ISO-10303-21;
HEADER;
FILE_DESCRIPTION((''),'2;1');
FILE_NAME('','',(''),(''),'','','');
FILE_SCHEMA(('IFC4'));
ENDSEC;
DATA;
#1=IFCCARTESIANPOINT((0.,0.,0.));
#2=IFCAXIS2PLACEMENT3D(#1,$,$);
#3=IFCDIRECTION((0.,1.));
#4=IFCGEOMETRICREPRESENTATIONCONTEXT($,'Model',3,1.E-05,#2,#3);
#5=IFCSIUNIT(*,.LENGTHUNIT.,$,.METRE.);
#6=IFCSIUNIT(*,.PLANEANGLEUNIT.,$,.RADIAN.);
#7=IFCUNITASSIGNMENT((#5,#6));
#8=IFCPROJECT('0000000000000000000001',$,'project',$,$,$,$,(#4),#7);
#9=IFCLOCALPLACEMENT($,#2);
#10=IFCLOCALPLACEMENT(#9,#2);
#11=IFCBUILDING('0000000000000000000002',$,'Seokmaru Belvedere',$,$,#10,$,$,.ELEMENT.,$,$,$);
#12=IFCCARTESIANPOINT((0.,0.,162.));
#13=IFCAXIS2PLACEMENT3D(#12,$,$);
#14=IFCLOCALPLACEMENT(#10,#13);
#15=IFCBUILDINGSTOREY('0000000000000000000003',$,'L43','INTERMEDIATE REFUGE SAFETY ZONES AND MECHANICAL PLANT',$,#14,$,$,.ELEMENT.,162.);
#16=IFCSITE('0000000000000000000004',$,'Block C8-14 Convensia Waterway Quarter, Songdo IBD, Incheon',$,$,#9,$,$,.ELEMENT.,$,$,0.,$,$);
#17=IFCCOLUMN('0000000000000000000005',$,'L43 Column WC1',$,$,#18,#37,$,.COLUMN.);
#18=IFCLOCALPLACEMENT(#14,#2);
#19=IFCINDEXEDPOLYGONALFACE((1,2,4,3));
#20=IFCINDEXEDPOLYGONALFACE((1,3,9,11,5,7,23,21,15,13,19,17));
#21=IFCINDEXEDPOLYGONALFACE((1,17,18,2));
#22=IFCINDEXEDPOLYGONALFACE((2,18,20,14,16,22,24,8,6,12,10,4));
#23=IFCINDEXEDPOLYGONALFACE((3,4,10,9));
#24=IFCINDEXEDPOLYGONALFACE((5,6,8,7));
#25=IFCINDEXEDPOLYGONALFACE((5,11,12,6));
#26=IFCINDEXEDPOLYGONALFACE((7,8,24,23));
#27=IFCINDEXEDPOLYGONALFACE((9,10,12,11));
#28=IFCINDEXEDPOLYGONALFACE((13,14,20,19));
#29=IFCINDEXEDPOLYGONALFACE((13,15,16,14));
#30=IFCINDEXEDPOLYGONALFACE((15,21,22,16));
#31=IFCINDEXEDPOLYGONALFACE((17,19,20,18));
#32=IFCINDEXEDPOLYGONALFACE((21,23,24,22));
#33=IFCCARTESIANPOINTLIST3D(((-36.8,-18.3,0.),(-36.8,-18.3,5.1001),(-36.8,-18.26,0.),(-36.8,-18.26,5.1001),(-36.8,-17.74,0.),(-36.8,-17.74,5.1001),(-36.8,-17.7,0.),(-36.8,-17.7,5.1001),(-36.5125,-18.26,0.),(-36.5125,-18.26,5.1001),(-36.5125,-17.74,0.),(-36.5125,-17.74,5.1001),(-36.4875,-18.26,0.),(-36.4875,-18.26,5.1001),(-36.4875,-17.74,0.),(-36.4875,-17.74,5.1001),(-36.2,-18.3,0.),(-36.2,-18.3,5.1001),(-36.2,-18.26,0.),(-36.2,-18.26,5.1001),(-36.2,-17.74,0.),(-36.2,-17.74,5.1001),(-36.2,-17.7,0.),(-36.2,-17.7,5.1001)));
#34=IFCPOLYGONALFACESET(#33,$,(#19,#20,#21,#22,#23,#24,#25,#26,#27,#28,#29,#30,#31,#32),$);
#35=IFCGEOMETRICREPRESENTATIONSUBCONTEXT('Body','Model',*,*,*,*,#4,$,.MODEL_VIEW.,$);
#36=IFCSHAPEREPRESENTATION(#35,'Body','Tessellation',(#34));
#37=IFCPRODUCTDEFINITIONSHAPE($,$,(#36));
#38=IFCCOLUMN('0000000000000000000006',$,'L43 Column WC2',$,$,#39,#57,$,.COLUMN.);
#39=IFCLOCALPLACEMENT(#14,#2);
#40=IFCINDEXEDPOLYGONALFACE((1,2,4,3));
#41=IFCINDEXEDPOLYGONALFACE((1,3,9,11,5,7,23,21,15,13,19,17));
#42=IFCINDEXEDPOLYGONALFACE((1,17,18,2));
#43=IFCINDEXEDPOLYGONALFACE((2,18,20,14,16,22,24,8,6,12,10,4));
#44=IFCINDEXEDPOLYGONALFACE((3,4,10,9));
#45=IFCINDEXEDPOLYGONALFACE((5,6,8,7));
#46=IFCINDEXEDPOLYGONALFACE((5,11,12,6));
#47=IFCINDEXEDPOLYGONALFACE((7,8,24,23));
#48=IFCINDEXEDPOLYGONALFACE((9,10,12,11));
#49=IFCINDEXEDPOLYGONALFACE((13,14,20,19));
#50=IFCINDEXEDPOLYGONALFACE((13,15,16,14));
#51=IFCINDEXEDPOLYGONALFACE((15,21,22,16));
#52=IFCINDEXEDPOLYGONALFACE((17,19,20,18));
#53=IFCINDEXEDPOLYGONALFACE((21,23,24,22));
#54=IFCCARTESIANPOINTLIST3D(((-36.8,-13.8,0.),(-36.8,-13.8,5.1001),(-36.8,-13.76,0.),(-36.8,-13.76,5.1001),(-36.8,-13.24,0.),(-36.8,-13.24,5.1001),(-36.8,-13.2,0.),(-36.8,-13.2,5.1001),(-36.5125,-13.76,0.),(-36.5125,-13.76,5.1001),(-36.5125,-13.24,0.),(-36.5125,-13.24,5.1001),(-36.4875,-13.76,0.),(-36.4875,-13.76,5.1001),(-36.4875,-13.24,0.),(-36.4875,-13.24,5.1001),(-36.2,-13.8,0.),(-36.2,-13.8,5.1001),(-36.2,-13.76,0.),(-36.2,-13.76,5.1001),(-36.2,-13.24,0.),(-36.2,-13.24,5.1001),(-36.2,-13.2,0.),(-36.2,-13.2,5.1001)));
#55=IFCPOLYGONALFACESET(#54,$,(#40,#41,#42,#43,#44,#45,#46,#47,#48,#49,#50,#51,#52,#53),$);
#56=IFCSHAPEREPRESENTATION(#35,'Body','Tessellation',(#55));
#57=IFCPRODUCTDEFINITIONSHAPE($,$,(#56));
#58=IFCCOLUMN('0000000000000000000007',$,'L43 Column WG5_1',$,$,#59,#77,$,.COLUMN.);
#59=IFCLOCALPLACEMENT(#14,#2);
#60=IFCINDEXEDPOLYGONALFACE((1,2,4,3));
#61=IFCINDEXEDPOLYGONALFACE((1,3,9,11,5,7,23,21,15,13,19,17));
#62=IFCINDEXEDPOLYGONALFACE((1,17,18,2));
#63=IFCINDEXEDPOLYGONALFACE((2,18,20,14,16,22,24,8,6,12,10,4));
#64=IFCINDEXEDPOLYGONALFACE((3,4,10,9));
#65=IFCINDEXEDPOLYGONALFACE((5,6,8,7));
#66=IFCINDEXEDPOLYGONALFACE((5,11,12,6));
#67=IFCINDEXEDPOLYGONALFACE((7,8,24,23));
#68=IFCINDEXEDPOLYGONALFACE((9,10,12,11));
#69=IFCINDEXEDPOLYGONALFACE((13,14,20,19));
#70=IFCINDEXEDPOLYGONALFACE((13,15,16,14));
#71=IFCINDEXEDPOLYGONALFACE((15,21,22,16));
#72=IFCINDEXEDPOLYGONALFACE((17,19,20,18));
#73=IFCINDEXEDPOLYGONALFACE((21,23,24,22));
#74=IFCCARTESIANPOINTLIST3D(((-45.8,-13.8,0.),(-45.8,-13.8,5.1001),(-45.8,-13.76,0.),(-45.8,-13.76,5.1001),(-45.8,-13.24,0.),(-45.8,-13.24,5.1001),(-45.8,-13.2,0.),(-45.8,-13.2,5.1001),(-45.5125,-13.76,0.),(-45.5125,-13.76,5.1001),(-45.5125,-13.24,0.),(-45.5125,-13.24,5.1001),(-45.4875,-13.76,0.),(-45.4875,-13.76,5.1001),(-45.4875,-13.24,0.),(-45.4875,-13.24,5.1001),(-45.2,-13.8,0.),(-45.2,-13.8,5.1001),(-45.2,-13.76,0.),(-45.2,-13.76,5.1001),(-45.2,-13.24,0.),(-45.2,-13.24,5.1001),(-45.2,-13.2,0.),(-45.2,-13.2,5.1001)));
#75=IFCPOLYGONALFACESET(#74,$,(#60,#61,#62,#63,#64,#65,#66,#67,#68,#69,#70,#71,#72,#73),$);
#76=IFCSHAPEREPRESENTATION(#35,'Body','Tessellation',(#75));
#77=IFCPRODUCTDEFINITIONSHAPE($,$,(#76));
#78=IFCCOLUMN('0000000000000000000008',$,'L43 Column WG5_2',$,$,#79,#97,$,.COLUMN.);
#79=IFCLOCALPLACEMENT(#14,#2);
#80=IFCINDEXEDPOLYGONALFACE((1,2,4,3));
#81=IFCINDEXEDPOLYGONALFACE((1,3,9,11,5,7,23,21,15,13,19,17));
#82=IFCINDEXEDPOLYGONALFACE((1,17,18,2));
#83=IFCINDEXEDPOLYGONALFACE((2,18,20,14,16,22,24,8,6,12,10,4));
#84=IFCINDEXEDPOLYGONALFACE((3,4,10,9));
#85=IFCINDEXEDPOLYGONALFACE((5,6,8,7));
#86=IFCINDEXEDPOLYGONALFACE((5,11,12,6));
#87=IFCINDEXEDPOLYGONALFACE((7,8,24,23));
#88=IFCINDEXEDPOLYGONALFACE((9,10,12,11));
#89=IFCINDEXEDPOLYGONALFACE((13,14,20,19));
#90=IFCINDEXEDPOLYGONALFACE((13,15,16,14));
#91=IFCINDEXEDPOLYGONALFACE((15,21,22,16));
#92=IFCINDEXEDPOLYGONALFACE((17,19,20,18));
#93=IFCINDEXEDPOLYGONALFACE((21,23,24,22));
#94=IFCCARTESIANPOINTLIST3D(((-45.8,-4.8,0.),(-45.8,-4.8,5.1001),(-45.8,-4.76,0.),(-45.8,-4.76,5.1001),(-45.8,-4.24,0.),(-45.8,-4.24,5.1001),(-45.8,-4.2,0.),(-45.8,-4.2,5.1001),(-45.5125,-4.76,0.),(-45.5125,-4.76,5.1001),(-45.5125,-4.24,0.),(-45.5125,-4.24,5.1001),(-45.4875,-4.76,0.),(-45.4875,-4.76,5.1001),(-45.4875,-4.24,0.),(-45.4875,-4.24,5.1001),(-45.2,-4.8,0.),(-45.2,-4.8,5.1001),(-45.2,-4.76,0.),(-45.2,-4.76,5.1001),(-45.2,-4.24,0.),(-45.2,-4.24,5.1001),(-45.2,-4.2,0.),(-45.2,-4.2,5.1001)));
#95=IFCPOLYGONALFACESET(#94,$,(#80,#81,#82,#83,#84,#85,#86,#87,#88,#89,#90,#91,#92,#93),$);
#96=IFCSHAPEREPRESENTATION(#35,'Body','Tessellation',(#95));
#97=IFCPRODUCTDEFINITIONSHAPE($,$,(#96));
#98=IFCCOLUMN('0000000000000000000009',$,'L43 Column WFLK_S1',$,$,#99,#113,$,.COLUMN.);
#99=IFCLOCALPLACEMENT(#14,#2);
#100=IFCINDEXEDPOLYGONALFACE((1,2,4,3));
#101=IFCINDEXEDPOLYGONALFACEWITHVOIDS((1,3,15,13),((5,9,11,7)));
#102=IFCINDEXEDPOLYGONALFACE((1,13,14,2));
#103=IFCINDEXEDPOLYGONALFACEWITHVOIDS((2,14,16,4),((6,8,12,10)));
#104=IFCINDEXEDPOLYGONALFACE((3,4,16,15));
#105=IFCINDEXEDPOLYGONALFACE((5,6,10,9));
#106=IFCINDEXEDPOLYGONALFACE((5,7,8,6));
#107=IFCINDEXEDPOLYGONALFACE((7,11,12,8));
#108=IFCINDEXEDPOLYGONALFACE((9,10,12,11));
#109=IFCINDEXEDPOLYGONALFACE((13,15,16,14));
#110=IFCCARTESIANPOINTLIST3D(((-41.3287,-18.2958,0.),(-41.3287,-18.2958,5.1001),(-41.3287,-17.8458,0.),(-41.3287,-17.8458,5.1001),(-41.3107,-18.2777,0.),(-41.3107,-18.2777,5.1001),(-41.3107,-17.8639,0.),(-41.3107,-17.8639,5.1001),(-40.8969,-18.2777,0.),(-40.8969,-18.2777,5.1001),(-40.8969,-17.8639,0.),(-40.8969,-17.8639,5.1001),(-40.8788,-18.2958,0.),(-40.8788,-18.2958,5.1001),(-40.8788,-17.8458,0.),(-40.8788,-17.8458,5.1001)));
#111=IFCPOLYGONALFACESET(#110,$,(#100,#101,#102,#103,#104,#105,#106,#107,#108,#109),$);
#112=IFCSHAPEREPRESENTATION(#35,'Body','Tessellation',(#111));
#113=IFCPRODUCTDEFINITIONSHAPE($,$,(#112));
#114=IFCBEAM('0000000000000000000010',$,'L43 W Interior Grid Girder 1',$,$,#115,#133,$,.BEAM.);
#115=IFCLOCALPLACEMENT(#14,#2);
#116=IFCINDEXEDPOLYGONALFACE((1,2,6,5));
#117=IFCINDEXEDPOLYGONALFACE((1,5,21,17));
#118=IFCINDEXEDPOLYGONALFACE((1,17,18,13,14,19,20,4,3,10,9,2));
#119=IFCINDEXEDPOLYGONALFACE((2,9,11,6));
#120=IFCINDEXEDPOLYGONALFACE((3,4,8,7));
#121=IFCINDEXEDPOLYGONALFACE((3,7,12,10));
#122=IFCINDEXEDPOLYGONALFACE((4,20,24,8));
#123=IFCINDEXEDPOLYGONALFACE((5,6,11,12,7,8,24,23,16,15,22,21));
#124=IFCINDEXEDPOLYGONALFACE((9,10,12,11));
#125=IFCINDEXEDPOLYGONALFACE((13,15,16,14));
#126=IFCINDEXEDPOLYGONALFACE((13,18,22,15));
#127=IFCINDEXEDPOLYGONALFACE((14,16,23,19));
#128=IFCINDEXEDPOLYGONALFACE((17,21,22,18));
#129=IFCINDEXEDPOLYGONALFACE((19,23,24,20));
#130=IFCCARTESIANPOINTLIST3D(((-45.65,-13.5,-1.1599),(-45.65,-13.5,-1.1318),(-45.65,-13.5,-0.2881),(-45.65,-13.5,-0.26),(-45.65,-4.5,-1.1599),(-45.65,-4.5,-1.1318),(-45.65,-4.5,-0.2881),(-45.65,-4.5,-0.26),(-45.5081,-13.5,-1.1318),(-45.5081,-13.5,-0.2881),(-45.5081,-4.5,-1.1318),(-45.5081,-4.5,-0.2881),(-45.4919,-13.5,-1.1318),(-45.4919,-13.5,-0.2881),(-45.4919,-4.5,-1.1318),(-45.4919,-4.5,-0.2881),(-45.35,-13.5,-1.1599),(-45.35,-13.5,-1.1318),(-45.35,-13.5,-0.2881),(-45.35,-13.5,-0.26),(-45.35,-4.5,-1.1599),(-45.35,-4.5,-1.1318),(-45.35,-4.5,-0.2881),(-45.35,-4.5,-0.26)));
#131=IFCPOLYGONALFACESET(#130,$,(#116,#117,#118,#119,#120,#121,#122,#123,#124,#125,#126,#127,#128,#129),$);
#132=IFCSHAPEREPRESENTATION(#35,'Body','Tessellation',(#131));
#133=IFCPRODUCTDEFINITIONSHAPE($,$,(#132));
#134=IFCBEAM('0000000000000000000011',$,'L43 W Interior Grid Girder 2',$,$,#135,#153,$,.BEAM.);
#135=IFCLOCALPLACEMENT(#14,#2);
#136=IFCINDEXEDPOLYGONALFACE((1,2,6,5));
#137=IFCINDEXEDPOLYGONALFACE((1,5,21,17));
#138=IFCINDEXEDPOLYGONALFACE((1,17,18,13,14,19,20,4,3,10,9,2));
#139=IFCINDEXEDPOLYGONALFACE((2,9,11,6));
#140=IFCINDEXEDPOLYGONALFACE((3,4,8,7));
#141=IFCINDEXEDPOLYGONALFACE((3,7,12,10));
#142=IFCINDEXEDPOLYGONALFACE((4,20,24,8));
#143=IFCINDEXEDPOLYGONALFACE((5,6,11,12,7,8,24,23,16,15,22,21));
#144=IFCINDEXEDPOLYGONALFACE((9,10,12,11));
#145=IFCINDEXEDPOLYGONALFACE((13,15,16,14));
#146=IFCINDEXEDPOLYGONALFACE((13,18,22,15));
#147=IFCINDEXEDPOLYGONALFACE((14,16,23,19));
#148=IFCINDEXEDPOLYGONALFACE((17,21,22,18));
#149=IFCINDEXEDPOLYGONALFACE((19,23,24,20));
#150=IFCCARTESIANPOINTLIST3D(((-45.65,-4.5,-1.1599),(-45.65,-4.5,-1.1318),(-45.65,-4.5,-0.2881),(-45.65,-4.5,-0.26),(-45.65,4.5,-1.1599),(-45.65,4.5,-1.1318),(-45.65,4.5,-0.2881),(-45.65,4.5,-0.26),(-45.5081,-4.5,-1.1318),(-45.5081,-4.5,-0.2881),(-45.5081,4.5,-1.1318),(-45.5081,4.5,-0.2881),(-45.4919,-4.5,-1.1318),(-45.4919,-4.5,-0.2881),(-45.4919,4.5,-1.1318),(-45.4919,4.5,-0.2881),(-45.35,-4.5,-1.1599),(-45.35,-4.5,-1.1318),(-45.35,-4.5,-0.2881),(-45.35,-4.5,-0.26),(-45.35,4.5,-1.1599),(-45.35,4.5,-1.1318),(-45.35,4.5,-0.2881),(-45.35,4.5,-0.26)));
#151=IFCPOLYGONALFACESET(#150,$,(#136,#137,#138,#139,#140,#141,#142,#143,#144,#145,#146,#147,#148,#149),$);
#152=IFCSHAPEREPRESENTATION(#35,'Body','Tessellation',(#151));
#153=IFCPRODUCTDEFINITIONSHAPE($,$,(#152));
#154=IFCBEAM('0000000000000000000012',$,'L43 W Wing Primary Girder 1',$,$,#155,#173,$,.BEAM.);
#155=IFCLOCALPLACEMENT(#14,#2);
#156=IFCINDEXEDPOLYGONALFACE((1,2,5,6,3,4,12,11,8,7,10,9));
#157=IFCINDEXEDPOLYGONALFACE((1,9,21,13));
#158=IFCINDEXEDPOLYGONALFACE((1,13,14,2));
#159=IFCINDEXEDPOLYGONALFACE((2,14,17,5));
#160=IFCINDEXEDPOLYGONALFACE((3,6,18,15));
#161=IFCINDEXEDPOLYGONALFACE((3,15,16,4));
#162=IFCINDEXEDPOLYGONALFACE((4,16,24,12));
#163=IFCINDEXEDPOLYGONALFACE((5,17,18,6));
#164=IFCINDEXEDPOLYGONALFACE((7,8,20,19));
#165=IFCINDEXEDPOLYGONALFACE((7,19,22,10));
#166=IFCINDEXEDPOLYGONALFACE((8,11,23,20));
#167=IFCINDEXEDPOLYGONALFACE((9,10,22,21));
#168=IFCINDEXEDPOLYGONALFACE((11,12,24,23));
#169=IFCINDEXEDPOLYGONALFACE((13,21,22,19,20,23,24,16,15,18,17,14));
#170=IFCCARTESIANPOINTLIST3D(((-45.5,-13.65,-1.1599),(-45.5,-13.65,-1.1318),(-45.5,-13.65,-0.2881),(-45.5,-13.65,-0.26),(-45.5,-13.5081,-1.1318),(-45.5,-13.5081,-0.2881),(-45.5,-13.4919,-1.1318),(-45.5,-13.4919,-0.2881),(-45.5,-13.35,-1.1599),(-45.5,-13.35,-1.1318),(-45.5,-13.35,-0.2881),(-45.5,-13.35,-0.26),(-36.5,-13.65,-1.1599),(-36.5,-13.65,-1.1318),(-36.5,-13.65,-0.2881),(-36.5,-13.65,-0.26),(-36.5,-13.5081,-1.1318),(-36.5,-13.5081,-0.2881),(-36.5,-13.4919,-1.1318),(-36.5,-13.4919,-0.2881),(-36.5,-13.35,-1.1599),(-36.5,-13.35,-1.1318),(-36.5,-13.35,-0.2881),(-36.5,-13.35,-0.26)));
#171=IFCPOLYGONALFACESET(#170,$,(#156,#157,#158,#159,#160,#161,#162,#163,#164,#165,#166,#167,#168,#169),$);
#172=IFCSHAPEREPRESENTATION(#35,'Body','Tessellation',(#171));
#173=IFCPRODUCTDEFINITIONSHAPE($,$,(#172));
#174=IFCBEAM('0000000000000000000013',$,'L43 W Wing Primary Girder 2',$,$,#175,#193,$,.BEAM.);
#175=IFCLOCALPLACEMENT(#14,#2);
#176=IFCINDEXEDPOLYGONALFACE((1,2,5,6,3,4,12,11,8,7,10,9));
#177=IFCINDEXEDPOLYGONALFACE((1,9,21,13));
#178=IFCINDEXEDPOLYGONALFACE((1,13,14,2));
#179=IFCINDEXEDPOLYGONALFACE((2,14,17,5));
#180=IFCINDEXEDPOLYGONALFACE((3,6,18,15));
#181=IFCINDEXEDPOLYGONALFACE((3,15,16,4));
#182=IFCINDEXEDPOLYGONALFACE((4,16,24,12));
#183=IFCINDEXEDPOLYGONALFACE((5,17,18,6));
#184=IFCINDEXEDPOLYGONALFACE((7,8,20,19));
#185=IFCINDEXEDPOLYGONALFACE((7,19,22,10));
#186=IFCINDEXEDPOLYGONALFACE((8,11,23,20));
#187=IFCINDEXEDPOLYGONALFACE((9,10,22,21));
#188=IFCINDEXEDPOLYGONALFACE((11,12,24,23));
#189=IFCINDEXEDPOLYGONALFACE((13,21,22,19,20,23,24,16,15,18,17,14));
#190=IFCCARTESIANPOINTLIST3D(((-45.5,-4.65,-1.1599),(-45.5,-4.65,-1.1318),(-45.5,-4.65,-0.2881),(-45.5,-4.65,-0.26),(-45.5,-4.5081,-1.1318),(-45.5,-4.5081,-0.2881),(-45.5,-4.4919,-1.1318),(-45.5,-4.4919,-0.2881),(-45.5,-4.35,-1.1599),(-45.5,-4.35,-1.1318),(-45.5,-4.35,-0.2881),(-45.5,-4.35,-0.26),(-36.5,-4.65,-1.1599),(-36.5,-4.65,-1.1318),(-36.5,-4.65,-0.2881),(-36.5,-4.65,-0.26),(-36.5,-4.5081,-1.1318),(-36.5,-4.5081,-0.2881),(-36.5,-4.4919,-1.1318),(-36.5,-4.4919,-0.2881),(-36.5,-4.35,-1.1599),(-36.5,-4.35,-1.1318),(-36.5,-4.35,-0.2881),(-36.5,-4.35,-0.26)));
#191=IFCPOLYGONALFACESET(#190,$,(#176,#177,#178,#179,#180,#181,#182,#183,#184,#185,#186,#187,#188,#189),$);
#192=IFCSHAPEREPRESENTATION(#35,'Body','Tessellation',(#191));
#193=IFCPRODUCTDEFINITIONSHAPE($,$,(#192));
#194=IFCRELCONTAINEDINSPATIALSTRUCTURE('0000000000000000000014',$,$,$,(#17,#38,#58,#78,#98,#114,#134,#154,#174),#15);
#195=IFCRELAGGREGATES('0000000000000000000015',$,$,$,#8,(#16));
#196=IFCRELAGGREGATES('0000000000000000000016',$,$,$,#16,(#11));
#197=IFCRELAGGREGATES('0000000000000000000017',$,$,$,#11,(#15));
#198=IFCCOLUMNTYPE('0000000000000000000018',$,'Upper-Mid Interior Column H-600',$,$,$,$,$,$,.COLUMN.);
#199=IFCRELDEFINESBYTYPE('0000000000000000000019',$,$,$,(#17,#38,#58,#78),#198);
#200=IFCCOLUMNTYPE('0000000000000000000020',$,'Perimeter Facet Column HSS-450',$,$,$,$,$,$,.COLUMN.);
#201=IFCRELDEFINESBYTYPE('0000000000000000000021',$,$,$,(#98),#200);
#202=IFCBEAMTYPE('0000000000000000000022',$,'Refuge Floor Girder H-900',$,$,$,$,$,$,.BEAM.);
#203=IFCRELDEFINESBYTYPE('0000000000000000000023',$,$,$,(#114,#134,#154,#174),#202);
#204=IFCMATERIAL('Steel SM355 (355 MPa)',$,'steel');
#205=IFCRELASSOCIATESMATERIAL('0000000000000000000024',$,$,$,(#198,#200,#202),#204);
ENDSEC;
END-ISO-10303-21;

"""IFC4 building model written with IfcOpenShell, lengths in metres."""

from ifc_helpers import new_model, si_unit, direction, frame, origin, origin_2d, place, context, subcontext, project, spatial, hollow_rectangle, i_section, extrude, source, transform, mapped, material, material_profile, profile_set, type_object, type_shapes, element, save


model = new_model("IFC4")

# Units and contexts
model_context = context("Model", 3, precision=1e-05, world=origin(), true_north=direction((0.0, 1.0)))
body_context = subcontext(model_context, "Body", "Model", "MODEL_VIEW")
ifc_project = project(units=[si_unit("LENGTHUNIT", "METRE"), si_unit("PLANEANGLEUNIT", "RADIAN")], contexts=[model_context])

# Site, building, storey
site_placement = place(None, origin())
site = spatial("IfcSite", under=ifc_project, at=site_placement, Name="Block C8-14 Convensia Waterway Quarter, Songdo IBD, Incheon", CompositionType="ELEMENT", RefElevation=0.0)
building_placement = place(site_placement, origin())
building = spatial("IfcBuilding", under=site, at=building_placement, Name="Seokmaru Belvedere", CompositionType="ELEMENT")
storey_placement = place(building_placement, frame((0.0, 0.0, 162.0)))
storey = spatial("IfcBuildingStorey", under=building, at=storey_placement, Name="L43", Description="INTERMEDIATE REFUGE SAFETY ZONES AND MECHANICAL PLANT", CompositionType="ELEMENT", Elevation=162.0)

# Columns
ifc_material_1 = material(Name="Steel SM355 (355 MPa)", Category="steel")
ifc_material_profile_1 = material_profile(ifc_material_1, i_section(OverallWidth=0.6001, OverallDepth=0.6001, WebThickness=0.0249, FlangeThickness=0.04, at=origin_2d()), Name="H-600x600x25x40")
ifc_profile_set_1 = profile_set([ifc_material_profile_1], Name="Steel SM355 (355 MPa)")
column_type_1 = type_object("IfcColumnType", Name="Upper-Mid Interior Column H-600", PredefinedType="COLUMN", material=ifc_profile_set_1)
shared_shape_1 = source(origin(), body_context, "Body", "SweptSolid", [
    extrude(i_section(OverallWidth=0.6001, OverallDepth=0.6001, WebThickness=0.0249, FlangeThickness=0.04, at=origin_2d()), origin(), (0.0, 0.0, 1.0), 5.1001),
])
type_shapes(column_type_1, [shared_shape_1])
for number, where, z_axis, x_axis, name in (
    (1, (-36.5, -18.0, 0.0), (0.0, 0.0, 1.0), (1.0, 0.0, 0.0), "L43 Column WC1"),
    (2, (-36.5, -13.5, 0.0), (0.0, 0.0, 1.0), (1.0, 0.0, 0.0), "L43 Column WC2"),
    (3, (-45.5, -13.5, 0.0), (0.0, 0.0, 1.0), (1.0, 0.0, 0.0), "L43 Column WG5_1"),
    (4, (-45.5, -4.5, 0.0), (0.0, 0.0, 1.0), (1.0, 0.0, 0.0), "L43 Column WG5_2"),
):
    element("IfcColumn", number, at=place(storey_placement, frame(where, z_axis=z_axis, x_axis=x_axis)), inside=storey, type_object=column_type_1, Name=name, PredefinedType="COLUMN", context=body_context, shape_type="MappedRepresentation", body=[
        mapped(shared_shape_1, transform((0.0, 0.0, 0.0), scale=1.0)),
    ])
ifc_material_profile_2 = material_profile(ifc_material_1, hollow_rectangle(XDim=0.45, YDim=0.45, WallThickness=0.0181, at=origin_2d()), Name="HSS-450x450x18")
ifc_profile_set_2 = profile_set([ifc_material_profile_2], Name="Steel SM355 (355 MPa)")
column_type_2 = type_object("IfcColumnType", Name="Perimeter Facet Column HSS-450", PredefinedType="COLUMN", material=ifc_profile_set_2)
shared_shape_2 = source(origin(), body_context, "Body", "SweptSolid", [
    extrude(hollow_rectangle(XDim=0.45, YDim=0.45, WallThickness=0.0181, at=origin_2d()), origin(), (0.0, 0.0, 1.0), 5.1001),
])
type_shapes(column_type_2, [shared_shape_2])
column_placement = place(storey_placement, frame((-41.1038, -18.0708, 0.0), z_axis=(0.0, 0.0, 1.0), x_axis=(1.0, 0.0, 0.0)))
element("IfcColumn", 5, at=column_placement, inside=storey, type_object=column_type_2, Name="L43 Column WFLK_S1", PredefinedType="COLUMN", context=body_context, shape_type="MappedRepresentation", body=[
    mapped(shared_shape_2, transform((0.0, 0.0, 0.0), scale=1.0)),
])

# Beams
ifc_material_profile_3 = material_profile(ifc_material_1, i_section(OverallWidth=0.3, OverallDepth=0.8999, WebThickness=0.0161, FlangeThickness=0.0281, at=origin_2d()), Name="H-900x300x16x28")
ifc_profile_set_3 = profile_set([ifc_material_profile_3], Name="Steel SM355 (355 MPa)")
beam_type_1 = type_object("IfcBeamType", Name="Refuge Floor Girder H-900", PredefinedType="BEAM", material=ifc_profile_set_3)
shared_shape_3 = source(origin(), body_context, "Body", "SweptSolid", [
    extrude(i_section(OverallWidth=0.3, OverallDepth=0.8999, WebThickness=0.0161, FlangeThickness=0.0281, at=origin_2d()), origin(), (0.0, 0.0, 1.0), 9.0),
])
for number, where, z_axis, x_axis, name in (
    (6, (-45.5, -13.5, -0.71), (0.0, 1.0, 0.0), (-1.0, 0.0, 0.0), "L43 W Interior Grid Girder 1"),
    (7, (-45.5, -4.5, -0.71), (0.0, 1.0, 0.0), (-1.0, 0.0, 0.0), "L43 W Interior Grid Girder 2"),
    (8, (-45.5, -13.5, -0.71), (1.0, 0.0, 0.0), (0.0, 1.0, 0.0), "L43 W Wing Primary Girder 1"),
    (9, (-45.5, -4.5, -0.71), (1.0, 0.0, 0.0), (0.0, 1.0, 0.0), "L43 W Wing Primary Girder 2"),
):
    element("IfcBeam", number, at=place(storey_placement, frame(where, z_axis=z_axis, x_axis=x_axis)), inside=storey, type_object=beam_type_1, Name=name, PredefinedType="BEAM", context=body_context, shape_type="MappedRepresentation", body=[
        mapped(shared_shape_3, transform((0.0, 0.0, 0.0), scale=1.0)),
    ])

save(model, "model.ifc")
